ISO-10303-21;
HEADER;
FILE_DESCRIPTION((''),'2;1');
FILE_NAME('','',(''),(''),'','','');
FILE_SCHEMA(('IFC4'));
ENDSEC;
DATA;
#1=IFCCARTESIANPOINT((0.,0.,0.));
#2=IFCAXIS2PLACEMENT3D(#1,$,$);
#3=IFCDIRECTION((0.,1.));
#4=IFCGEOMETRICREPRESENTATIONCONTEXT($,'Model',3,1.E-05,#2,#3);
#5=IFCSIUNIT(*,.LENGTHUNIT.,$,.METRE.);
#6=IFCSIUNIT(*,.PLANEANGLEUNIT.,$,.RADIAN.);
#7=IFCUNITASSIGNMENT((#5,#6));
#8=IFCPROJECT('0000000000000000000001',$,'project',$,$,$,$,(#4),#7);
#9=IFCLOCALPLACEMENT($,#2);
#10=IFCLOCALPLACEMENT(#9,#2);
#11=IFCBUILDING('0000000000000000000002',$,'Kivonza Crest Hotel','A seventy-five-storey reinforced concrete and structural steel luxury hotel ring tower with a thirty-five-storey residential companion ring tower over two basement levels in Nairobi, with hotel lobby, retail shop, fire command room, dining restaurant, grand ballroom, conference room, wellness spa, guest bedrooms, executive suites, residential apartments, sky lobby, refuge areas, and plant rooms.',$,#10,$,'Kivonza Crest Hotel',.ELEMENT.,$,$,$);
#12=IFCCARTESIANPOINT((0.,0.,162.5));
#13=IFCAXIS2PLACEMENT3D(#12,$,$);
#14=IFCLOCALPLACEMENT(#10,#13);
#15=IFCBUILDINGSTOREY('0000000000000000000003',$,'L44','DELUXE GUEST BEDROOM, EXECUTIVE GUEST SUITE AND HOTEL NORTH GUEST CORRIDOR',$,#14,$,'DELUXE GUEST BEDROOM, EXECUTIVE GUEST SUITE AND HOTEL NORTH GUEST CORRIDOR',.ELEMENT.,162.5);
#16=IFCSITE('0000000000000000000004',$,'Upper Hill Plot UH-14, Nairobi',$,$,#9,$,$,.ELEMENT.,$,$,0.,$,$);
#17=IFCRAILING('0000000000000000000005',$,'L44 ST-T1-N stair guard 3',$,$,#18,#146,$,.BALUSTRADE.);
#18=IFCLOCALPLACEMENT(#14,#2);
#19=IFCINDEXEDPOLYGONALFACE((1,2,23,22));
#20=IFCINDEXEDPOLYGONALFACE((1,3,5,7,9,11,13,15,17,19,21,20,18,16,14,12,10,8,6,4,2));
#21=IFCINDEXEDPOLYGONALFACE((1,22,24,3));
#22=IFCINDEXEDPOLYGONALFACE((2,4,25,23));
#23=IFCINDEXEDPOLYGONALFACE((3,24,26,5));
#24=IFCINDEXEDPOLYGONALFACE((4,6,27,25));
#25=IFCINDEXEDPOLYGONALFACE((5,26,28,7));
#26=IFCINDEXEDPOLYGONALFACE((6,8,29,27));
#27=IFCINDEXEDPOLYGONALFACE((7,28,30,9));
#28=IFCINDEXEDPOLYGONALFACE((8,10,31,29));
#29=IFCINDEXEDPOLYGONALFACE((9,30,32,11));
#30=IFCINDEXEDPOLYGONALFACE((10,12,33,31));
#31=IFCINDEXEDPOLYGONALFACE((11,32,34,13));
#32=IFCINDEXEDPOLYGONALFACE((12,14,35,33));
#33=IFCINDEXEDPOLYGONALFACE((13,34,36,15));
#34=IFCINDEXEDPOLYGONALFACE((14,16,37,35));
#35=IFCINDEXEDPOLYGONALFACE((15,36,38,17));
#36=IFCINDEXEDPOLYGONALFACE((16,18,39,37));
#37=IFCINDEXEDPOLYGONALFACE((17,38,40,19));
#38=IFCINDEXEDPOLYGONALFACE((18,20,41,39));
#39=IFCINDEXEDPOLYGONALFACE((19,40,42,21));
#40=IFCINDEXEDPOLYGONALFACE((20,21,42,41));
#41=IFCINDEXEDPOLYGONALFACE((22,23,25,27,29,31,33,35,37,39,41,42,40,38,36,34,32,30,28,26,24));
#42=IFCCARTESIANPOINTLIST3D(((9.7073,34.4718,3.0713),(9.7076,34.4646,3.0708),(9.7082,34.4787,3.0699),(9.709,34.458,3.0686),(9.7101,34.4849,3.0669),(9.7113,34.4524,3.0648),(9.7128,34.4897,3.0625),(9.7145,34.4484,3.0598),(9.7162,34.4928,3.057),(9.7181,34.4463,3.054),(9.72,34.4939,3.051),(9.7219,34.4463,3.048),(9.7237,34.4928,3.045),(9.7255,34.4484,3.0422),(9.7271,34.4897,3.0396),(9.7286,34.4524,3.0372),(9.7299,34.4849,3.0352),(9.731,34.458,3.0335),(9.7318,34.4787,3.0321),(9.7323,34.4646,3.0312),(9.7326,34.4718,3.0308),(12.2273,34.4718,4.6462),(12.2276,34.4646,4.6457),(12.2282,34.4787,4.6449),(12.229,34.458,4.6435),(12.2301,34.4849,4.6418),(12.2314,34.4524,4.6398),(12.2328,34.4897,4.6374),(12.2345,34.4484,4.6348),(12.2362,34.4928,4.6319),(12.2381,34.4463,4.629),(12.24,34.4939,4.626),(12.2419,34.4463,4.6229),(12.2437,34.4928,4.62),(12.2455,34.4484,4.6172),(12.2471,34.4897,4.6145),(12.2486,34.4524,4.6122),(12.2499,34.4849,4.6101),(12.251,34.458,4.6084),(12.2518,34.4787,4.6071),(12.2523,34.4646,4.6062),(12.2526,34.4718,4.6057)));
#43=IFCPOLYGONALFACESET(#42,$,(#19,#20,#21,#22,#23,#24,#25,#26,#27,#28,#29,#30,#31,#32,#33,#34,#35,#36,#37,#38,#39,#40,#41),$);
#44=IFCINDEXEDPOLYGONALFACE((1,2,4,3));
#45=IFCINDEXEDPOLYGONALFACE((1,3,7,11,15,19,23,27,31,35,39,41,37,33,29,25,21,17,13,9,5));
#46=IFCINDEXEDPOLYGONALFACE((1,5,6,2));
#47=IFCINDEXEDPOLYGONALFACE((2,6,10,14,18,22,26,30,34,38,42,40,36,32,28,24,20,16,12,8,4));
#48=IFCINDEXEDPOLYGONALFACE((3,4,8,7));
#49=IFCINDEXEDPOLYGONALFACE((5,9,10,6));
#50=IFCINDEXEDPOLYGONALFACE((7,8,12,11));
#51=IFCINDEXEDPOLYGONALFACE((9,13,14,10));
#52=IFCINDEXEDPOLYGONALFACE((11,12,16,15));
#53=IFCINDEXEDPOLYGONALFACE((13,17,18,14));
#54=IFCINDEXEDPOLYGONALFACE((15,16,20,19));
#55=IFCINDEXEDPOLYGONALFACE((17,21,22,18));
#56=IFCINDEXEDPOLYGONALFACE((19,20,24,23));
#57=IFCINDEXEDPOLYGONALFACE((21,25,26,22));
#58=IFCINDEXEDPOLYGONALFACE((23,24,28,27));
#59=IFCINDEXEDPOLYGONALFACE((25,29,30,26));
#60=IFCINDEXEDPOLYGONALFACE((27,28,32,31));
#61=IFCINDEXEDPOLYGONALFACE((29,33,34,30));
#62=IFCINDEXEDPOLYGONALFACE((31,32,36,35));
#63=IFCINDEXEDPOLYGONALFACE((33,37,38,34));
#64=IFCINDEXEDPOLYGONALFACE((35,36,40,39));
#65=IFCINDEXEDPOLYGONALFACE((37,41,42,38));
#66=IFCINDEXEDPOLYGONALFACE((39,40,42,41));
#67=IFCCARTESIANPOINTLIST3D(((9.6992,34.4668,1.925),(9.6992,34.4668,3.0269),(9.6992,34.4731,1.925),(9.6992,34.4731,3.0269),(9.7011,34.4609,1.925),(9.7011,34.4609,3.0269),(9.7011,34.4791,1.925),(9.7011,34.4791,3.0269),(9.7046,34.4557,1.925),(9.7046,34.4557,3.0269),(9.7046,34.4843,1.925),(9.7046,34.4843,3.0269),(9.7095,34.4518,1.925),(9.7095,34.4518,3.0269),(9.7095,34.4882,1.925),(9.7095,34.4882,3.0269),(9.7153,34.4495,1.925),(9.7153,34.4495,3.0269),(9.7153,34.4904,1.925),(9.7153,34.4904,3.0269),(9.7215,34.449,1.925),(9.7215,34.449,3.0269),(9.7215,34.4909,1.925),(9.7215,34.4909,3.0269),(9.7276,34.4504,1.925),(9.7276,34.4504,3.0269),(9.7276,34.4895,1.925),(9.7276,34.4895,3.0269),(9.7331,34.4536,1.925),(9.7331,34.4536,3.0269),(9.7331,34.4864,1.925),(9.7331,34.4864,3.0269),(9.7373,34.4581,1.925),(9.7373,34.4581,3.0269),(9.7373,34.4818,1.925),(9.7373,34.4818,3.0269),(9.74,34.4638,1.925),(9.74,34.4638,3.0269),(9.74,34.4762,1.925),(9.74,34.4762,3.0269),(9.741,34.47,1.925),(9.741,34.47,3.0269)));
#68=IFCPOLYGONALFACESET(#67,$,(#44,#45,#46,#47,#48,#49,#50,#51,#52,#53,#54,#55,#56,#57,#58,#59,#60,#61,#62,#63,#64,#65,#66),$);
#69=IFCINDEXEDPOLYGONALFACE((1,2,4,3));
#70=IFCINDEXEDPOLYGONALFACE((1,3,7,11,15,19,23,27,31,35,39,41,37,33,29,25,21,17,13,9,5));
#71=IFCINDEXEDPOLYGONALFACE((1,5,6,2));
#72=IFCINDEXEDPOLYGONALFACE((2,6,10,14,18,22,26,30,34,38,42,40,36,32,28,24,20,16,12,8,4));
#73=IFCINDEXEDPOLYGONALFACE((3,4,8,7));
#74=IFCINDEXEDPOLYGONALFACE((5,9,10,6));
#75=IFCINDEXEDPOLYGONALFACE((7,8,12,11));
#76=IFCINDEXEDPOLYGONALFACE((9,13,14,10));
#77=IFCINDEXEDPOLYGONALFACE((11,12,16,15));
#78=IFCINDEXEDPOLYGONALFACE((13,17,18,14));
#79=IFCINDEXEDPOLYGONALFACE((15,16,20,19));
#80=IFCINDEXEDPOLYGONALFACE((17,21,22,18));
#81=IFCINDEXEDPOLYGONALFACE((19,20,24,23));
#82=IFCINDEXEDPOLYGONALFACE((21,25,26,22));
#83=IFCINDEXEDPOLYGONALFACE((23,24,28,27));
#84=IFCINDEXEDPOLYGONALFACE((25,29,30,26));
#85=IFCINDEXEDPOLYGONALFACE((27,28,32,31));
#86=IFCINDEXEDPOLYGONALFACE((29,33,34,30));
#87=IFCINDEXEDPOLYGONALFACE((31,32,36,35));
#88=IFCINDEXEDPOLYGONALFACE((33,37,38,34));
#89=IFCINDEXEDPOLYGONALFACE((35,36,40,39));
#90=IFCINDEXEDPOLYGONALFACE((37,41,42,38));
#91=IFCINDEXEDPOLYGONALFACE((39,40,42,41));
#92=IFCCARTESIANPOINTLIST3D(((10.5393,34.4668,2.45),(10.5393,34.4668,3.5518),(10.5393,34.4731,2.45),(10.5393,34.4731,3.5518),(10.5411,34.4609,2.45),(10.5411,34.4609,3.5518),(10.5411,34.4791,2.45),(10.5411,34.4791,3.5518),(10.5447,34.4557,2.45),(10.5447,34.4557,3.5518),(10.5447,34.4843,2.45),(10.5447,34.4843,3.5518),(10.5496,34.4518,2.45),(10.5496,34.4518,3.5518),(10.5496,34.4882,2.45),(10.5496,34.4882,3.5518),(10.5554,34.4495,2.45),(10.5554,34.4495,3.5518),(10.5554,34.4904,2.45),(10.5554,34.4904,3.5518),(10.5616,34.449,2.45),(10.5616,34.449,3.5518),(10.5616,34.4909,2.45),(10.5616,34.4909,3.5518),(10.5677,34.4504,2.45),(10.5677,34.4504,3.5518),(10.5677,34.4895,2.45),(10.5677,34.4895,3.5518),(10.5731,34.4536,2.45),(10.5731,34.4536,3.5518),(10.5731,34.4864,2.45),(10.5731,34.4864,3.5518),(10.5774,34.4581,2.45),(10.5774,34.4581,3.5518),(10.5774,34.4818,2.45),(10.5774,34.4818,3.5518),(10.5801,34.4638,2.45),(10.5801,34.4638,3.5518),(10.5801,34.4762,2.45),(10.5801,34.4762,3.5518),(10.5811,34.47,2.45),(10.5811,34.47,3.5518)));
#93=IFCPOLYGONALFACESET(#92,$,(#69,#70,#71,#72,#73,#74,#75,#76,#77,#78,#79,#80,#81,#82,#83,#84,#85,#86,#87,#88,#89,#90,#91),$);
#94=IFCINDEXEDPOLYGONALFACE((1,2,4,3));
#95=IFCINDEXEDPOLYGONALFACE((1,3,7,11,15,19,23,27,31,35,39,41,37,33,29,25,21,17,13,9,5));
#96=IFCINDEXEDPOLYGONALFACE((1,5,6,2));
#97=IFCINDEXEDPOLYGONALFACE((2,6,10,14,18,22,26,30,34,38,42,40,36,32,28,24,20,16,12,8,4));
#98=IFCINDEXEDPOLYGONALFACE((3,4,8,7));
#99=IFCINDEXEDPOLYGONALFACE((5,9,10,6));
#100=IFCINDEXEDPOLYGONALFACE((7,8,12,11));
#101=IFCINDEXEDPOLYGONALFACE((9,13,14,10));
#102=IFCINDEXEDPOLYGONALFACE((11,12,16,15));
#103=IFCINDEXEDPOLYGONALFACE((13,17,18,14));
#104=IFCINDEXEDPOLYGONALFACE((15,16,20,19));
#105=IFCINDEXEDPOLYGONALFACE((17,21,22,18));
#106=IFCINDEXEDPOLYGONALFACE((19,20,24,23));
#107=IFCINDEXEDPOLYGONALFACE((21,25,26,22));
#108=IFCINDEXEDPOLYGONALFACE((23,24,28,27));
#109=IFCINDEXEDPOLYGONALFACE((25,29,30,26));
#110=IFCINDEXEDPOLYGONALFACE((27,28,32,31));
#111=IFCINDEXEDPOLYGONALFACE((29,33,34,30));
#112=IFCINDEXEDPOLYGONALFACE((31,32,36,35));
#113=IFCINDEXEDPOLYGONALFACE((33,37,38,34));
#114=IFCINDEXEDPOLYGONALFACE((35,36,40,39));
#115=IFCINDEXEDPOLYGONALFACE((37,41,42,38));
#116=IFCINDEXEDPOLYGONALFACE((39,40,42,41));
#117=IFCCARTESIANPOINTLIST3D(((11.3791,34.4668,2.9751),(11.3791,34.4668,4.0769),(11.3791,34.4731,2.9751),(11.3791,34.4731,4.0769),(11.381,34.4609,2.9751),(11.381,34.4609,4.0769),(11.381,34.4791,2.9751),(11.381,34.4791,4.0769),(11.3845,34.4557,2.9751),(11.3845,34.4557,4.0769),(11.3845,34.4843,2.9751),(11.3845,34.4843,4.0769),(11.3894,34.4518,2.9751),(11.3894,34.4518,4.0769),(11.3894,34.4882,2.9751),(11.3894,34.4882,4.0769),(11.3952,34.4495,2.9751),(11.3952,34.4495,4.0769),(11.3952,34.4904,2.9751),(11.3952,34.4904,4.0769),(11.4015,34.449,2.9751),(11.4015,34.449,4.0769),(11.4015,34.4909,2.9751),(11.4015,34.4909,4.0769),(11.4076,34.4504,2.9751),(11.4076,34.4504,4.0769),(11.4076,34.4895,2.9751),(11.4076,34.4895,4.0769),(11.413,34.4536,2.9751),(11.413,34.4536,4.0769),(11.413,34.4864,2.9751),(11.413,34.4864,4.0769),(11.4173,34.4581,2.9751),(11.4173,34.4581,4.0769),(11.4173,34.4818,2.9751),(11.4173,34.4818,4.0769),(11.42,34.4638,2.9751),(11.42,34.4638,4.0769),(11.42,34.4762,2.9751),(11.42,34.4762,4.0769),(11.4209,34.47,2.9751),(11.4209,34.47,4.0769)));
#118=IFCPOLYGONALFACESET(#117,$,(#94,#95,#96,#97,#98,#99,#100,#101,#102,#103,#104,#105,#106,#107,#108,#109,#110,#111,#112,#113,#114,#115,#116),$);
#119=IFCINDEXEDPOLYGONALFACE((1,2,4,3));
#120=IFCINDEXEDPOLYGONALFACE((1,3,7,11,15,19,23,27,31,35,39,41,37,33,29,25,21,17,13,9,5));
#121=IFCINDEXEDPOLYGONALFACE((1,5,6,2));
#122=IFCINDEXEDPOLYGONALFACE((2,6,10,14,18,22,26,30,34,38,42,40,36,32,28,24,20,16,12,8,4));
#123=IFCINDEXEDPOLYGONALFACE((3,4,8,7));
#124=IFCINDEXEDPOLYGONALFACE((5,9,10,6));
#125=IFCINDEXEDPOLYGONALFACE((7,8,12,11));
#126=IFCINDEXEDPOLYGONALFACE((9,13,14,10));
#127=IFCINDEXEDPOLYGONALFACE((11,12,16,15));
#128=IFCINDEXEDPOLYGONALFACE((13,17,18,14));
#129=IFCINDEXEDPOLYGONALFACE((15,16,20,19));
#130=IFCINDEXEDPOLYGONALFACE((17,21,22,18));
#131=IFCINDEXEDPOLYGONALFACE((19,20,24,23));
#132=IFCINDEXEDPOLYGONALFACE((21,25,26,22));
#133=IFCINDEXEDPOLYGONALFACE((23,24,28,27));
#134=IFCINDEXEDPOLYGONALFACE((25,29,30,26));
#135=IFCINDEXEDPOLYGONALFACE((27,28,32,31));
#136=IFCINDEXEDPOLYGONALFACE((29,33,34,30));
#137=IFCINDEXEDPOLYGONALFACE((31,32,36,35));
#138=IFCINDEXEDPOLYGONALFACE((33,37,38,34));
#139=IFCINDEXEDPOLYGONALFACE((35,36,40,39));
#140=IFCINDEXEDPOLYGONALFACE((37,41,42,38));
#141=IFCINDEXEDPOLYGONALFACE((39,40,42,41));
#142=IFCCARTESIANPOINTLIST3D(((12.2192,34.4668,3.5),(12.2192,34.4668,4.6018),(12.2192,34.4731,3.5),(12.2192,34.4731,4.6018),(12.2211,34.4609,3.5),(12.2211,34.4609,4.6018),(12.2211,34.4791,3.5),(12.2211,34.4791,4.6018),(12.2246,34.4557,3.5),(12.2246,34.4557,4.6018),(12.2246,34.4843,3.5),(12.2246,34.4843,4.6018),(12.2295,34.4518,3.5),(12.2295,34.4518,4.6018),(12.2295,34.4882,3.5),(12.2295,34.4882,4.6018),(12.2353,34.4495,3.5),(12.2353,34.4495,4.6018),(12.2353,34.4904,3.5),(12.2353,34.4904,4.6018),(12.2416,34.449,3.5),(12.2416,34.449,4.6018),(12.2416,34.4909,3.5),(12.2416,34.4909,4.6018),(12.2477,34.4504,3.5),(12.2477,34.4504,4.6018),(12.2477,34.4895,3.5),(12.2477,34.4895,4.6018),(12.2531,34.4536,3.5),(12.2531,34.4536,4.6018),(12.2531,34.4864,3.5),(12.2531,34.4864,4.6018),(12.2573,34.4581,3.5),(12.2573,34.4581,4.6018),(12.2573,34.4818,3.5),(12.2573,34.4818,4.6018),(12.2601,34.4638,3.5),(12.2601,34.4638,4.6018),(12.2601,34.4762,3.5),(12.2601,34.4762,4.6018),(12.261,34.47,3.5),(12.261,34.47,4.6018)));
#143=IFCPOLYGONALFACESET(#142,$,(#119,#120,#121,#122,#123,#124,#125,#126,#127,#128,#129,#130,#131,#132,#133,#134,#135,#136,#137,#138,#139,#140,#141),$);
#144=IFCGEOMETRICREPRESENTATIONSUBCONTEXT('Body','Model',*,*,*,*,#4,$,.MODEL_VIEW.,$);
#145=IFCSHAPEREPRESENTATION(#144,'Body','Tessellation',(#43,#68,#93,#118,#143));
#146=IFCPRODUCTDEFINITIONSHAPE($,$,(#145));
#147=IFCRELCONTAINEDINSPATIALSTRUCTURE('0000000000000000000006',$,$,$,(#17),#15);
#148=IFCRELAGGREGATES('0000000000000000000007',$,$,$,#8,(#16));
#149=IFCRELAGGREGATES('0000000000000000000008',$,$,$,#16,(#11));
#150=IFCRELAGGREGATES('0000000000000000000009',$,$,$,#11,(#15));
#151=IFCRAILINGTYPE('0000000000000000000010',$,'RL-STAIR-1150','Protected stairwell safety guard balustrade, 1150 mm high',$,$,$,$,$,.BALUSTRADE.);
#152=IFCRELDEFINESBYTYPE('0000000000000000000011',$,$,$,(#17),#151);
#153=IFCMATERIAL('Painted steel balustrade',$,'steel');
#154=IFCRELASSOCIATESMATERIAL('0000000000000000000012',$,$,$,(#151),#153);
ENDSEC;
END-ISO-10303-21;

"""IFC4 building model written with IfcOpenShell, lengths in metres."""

from ifc_helpers import new_model, si_unit, direction, frame, origin, origin_2d, place, context, subcontext, project, spatial, circle, extrude, material, type_object, element, save


model = new_model("IFC4")

# Units and contexts
model_context = context("Model", 3, precision=1e-05, world=origin(), true_north=direction((0.0, 1.0)))
body_context = subcontext(model_context, "Body", "Model", "MODEL_VIEW")
ifc_project = project(units=[si_unit("LENGTHUNIT", "METRE"), si_unit("PLANEANGLEUNIT", "RADIAN")], contexts=[model_context])

# Site, building, storey
site_placement = place(None, origin())
site = spatial("IfcSite", under=ifc_project, at=site_placement, Name="Upper Hill Plot UH-14, Nairobi", CompositionType="ELEMENT", RefElevation=0.0)
building_placement = place(site_placement, origin())
building = spatial("IfcBuilding", under=site, at=building_placement, Name="Kivonza Crest Hotel", Description="A seventy-five-storey reinforced concrete and structural steel luxury hotel ring tower with a thirty-five-storey residential companion ring tower over two basement levels in Nairobi, with hotel lobby, retail shop, fire command room, dining restaurant, grand ballroom, conference room, wellness spa, guest bedrooms, executive suites, residential apartments, sky lobby, refuge areas, and plant rooms.", LongName="Kivonza Crest Hotel", CompositionType="ELEMENT")
storey_placement = place(building_placement, frame((0.0, 0.0, 162.5)))
storey = spatial("IfcBuildingStorey", under=building, at=storey_placement, Name="L44", Description="DELUXE GUEST BEDROOM, EXECUTIVE GUEST SUITE AND HOTEL NORTH GUEST CORRIDOR", LongName="DELUXE GUEST BEDROOM, EXECUTIVE GUEST SUITE AND HOTEL NORTH GUEST CORRIDOR", CompositionType="ELEMENT", Elevation=162.5)

# Railing
ifc_material_1 = material(Name="Painted steel balustrade", Category="steel")
railing_type_1 = type_object("IfcRailingType", Name="RL-STAIR-1150", Description="Protected stairwell safety guard balustrade, 1150 mm high", PredefinedType="BALUSTRADE", material=ifc_material_1)
railing_1_placement = place(storey_placement, frame((9.72, 34.47, 1.925)))
element("IfcRailing", 1, at=railing_1_placement, inside=storey, type_object=railing_type_1, Name="L44 ST-T1-N stair guard 3", PredefinedType="BALUSTRADE", context=body_context, shape_type="SweptSolid", body=[
    extrude(circle(Radius=0.0239, at=origin_2d()), frame((0.0, 0.0, 1.126), z_axis=(0.848008, 0.0, 0.529984), x_axis=(0.0, 1.0, 0.0)), (0.0, 0.0, 1.0), 2.9717),
    extrude(circle(Radius=0.021, at=origin_2d()), origin(), (0.0, 0.0, 1.0), 1.1018),
    extrude(circle(Radius=0.021, at=origin_2d()), frame((0.8401, 0.0, 0.5249)), (0.0, 0.0, 1.0), 1.1018),
    extrude(circle(Radius=0.021, at=origin_2d()), frame((1.6799, 0.0, 1.05)), (0.0, 0.0, 1.0), 1.1018),
    extrude(circle(Radius=0.021, at=origin_2d()), frame((2.52, 0.0, 1.575)), (0.0, 0.0, 1.0), 1.1018),
])

save(model, "model.ifc")
